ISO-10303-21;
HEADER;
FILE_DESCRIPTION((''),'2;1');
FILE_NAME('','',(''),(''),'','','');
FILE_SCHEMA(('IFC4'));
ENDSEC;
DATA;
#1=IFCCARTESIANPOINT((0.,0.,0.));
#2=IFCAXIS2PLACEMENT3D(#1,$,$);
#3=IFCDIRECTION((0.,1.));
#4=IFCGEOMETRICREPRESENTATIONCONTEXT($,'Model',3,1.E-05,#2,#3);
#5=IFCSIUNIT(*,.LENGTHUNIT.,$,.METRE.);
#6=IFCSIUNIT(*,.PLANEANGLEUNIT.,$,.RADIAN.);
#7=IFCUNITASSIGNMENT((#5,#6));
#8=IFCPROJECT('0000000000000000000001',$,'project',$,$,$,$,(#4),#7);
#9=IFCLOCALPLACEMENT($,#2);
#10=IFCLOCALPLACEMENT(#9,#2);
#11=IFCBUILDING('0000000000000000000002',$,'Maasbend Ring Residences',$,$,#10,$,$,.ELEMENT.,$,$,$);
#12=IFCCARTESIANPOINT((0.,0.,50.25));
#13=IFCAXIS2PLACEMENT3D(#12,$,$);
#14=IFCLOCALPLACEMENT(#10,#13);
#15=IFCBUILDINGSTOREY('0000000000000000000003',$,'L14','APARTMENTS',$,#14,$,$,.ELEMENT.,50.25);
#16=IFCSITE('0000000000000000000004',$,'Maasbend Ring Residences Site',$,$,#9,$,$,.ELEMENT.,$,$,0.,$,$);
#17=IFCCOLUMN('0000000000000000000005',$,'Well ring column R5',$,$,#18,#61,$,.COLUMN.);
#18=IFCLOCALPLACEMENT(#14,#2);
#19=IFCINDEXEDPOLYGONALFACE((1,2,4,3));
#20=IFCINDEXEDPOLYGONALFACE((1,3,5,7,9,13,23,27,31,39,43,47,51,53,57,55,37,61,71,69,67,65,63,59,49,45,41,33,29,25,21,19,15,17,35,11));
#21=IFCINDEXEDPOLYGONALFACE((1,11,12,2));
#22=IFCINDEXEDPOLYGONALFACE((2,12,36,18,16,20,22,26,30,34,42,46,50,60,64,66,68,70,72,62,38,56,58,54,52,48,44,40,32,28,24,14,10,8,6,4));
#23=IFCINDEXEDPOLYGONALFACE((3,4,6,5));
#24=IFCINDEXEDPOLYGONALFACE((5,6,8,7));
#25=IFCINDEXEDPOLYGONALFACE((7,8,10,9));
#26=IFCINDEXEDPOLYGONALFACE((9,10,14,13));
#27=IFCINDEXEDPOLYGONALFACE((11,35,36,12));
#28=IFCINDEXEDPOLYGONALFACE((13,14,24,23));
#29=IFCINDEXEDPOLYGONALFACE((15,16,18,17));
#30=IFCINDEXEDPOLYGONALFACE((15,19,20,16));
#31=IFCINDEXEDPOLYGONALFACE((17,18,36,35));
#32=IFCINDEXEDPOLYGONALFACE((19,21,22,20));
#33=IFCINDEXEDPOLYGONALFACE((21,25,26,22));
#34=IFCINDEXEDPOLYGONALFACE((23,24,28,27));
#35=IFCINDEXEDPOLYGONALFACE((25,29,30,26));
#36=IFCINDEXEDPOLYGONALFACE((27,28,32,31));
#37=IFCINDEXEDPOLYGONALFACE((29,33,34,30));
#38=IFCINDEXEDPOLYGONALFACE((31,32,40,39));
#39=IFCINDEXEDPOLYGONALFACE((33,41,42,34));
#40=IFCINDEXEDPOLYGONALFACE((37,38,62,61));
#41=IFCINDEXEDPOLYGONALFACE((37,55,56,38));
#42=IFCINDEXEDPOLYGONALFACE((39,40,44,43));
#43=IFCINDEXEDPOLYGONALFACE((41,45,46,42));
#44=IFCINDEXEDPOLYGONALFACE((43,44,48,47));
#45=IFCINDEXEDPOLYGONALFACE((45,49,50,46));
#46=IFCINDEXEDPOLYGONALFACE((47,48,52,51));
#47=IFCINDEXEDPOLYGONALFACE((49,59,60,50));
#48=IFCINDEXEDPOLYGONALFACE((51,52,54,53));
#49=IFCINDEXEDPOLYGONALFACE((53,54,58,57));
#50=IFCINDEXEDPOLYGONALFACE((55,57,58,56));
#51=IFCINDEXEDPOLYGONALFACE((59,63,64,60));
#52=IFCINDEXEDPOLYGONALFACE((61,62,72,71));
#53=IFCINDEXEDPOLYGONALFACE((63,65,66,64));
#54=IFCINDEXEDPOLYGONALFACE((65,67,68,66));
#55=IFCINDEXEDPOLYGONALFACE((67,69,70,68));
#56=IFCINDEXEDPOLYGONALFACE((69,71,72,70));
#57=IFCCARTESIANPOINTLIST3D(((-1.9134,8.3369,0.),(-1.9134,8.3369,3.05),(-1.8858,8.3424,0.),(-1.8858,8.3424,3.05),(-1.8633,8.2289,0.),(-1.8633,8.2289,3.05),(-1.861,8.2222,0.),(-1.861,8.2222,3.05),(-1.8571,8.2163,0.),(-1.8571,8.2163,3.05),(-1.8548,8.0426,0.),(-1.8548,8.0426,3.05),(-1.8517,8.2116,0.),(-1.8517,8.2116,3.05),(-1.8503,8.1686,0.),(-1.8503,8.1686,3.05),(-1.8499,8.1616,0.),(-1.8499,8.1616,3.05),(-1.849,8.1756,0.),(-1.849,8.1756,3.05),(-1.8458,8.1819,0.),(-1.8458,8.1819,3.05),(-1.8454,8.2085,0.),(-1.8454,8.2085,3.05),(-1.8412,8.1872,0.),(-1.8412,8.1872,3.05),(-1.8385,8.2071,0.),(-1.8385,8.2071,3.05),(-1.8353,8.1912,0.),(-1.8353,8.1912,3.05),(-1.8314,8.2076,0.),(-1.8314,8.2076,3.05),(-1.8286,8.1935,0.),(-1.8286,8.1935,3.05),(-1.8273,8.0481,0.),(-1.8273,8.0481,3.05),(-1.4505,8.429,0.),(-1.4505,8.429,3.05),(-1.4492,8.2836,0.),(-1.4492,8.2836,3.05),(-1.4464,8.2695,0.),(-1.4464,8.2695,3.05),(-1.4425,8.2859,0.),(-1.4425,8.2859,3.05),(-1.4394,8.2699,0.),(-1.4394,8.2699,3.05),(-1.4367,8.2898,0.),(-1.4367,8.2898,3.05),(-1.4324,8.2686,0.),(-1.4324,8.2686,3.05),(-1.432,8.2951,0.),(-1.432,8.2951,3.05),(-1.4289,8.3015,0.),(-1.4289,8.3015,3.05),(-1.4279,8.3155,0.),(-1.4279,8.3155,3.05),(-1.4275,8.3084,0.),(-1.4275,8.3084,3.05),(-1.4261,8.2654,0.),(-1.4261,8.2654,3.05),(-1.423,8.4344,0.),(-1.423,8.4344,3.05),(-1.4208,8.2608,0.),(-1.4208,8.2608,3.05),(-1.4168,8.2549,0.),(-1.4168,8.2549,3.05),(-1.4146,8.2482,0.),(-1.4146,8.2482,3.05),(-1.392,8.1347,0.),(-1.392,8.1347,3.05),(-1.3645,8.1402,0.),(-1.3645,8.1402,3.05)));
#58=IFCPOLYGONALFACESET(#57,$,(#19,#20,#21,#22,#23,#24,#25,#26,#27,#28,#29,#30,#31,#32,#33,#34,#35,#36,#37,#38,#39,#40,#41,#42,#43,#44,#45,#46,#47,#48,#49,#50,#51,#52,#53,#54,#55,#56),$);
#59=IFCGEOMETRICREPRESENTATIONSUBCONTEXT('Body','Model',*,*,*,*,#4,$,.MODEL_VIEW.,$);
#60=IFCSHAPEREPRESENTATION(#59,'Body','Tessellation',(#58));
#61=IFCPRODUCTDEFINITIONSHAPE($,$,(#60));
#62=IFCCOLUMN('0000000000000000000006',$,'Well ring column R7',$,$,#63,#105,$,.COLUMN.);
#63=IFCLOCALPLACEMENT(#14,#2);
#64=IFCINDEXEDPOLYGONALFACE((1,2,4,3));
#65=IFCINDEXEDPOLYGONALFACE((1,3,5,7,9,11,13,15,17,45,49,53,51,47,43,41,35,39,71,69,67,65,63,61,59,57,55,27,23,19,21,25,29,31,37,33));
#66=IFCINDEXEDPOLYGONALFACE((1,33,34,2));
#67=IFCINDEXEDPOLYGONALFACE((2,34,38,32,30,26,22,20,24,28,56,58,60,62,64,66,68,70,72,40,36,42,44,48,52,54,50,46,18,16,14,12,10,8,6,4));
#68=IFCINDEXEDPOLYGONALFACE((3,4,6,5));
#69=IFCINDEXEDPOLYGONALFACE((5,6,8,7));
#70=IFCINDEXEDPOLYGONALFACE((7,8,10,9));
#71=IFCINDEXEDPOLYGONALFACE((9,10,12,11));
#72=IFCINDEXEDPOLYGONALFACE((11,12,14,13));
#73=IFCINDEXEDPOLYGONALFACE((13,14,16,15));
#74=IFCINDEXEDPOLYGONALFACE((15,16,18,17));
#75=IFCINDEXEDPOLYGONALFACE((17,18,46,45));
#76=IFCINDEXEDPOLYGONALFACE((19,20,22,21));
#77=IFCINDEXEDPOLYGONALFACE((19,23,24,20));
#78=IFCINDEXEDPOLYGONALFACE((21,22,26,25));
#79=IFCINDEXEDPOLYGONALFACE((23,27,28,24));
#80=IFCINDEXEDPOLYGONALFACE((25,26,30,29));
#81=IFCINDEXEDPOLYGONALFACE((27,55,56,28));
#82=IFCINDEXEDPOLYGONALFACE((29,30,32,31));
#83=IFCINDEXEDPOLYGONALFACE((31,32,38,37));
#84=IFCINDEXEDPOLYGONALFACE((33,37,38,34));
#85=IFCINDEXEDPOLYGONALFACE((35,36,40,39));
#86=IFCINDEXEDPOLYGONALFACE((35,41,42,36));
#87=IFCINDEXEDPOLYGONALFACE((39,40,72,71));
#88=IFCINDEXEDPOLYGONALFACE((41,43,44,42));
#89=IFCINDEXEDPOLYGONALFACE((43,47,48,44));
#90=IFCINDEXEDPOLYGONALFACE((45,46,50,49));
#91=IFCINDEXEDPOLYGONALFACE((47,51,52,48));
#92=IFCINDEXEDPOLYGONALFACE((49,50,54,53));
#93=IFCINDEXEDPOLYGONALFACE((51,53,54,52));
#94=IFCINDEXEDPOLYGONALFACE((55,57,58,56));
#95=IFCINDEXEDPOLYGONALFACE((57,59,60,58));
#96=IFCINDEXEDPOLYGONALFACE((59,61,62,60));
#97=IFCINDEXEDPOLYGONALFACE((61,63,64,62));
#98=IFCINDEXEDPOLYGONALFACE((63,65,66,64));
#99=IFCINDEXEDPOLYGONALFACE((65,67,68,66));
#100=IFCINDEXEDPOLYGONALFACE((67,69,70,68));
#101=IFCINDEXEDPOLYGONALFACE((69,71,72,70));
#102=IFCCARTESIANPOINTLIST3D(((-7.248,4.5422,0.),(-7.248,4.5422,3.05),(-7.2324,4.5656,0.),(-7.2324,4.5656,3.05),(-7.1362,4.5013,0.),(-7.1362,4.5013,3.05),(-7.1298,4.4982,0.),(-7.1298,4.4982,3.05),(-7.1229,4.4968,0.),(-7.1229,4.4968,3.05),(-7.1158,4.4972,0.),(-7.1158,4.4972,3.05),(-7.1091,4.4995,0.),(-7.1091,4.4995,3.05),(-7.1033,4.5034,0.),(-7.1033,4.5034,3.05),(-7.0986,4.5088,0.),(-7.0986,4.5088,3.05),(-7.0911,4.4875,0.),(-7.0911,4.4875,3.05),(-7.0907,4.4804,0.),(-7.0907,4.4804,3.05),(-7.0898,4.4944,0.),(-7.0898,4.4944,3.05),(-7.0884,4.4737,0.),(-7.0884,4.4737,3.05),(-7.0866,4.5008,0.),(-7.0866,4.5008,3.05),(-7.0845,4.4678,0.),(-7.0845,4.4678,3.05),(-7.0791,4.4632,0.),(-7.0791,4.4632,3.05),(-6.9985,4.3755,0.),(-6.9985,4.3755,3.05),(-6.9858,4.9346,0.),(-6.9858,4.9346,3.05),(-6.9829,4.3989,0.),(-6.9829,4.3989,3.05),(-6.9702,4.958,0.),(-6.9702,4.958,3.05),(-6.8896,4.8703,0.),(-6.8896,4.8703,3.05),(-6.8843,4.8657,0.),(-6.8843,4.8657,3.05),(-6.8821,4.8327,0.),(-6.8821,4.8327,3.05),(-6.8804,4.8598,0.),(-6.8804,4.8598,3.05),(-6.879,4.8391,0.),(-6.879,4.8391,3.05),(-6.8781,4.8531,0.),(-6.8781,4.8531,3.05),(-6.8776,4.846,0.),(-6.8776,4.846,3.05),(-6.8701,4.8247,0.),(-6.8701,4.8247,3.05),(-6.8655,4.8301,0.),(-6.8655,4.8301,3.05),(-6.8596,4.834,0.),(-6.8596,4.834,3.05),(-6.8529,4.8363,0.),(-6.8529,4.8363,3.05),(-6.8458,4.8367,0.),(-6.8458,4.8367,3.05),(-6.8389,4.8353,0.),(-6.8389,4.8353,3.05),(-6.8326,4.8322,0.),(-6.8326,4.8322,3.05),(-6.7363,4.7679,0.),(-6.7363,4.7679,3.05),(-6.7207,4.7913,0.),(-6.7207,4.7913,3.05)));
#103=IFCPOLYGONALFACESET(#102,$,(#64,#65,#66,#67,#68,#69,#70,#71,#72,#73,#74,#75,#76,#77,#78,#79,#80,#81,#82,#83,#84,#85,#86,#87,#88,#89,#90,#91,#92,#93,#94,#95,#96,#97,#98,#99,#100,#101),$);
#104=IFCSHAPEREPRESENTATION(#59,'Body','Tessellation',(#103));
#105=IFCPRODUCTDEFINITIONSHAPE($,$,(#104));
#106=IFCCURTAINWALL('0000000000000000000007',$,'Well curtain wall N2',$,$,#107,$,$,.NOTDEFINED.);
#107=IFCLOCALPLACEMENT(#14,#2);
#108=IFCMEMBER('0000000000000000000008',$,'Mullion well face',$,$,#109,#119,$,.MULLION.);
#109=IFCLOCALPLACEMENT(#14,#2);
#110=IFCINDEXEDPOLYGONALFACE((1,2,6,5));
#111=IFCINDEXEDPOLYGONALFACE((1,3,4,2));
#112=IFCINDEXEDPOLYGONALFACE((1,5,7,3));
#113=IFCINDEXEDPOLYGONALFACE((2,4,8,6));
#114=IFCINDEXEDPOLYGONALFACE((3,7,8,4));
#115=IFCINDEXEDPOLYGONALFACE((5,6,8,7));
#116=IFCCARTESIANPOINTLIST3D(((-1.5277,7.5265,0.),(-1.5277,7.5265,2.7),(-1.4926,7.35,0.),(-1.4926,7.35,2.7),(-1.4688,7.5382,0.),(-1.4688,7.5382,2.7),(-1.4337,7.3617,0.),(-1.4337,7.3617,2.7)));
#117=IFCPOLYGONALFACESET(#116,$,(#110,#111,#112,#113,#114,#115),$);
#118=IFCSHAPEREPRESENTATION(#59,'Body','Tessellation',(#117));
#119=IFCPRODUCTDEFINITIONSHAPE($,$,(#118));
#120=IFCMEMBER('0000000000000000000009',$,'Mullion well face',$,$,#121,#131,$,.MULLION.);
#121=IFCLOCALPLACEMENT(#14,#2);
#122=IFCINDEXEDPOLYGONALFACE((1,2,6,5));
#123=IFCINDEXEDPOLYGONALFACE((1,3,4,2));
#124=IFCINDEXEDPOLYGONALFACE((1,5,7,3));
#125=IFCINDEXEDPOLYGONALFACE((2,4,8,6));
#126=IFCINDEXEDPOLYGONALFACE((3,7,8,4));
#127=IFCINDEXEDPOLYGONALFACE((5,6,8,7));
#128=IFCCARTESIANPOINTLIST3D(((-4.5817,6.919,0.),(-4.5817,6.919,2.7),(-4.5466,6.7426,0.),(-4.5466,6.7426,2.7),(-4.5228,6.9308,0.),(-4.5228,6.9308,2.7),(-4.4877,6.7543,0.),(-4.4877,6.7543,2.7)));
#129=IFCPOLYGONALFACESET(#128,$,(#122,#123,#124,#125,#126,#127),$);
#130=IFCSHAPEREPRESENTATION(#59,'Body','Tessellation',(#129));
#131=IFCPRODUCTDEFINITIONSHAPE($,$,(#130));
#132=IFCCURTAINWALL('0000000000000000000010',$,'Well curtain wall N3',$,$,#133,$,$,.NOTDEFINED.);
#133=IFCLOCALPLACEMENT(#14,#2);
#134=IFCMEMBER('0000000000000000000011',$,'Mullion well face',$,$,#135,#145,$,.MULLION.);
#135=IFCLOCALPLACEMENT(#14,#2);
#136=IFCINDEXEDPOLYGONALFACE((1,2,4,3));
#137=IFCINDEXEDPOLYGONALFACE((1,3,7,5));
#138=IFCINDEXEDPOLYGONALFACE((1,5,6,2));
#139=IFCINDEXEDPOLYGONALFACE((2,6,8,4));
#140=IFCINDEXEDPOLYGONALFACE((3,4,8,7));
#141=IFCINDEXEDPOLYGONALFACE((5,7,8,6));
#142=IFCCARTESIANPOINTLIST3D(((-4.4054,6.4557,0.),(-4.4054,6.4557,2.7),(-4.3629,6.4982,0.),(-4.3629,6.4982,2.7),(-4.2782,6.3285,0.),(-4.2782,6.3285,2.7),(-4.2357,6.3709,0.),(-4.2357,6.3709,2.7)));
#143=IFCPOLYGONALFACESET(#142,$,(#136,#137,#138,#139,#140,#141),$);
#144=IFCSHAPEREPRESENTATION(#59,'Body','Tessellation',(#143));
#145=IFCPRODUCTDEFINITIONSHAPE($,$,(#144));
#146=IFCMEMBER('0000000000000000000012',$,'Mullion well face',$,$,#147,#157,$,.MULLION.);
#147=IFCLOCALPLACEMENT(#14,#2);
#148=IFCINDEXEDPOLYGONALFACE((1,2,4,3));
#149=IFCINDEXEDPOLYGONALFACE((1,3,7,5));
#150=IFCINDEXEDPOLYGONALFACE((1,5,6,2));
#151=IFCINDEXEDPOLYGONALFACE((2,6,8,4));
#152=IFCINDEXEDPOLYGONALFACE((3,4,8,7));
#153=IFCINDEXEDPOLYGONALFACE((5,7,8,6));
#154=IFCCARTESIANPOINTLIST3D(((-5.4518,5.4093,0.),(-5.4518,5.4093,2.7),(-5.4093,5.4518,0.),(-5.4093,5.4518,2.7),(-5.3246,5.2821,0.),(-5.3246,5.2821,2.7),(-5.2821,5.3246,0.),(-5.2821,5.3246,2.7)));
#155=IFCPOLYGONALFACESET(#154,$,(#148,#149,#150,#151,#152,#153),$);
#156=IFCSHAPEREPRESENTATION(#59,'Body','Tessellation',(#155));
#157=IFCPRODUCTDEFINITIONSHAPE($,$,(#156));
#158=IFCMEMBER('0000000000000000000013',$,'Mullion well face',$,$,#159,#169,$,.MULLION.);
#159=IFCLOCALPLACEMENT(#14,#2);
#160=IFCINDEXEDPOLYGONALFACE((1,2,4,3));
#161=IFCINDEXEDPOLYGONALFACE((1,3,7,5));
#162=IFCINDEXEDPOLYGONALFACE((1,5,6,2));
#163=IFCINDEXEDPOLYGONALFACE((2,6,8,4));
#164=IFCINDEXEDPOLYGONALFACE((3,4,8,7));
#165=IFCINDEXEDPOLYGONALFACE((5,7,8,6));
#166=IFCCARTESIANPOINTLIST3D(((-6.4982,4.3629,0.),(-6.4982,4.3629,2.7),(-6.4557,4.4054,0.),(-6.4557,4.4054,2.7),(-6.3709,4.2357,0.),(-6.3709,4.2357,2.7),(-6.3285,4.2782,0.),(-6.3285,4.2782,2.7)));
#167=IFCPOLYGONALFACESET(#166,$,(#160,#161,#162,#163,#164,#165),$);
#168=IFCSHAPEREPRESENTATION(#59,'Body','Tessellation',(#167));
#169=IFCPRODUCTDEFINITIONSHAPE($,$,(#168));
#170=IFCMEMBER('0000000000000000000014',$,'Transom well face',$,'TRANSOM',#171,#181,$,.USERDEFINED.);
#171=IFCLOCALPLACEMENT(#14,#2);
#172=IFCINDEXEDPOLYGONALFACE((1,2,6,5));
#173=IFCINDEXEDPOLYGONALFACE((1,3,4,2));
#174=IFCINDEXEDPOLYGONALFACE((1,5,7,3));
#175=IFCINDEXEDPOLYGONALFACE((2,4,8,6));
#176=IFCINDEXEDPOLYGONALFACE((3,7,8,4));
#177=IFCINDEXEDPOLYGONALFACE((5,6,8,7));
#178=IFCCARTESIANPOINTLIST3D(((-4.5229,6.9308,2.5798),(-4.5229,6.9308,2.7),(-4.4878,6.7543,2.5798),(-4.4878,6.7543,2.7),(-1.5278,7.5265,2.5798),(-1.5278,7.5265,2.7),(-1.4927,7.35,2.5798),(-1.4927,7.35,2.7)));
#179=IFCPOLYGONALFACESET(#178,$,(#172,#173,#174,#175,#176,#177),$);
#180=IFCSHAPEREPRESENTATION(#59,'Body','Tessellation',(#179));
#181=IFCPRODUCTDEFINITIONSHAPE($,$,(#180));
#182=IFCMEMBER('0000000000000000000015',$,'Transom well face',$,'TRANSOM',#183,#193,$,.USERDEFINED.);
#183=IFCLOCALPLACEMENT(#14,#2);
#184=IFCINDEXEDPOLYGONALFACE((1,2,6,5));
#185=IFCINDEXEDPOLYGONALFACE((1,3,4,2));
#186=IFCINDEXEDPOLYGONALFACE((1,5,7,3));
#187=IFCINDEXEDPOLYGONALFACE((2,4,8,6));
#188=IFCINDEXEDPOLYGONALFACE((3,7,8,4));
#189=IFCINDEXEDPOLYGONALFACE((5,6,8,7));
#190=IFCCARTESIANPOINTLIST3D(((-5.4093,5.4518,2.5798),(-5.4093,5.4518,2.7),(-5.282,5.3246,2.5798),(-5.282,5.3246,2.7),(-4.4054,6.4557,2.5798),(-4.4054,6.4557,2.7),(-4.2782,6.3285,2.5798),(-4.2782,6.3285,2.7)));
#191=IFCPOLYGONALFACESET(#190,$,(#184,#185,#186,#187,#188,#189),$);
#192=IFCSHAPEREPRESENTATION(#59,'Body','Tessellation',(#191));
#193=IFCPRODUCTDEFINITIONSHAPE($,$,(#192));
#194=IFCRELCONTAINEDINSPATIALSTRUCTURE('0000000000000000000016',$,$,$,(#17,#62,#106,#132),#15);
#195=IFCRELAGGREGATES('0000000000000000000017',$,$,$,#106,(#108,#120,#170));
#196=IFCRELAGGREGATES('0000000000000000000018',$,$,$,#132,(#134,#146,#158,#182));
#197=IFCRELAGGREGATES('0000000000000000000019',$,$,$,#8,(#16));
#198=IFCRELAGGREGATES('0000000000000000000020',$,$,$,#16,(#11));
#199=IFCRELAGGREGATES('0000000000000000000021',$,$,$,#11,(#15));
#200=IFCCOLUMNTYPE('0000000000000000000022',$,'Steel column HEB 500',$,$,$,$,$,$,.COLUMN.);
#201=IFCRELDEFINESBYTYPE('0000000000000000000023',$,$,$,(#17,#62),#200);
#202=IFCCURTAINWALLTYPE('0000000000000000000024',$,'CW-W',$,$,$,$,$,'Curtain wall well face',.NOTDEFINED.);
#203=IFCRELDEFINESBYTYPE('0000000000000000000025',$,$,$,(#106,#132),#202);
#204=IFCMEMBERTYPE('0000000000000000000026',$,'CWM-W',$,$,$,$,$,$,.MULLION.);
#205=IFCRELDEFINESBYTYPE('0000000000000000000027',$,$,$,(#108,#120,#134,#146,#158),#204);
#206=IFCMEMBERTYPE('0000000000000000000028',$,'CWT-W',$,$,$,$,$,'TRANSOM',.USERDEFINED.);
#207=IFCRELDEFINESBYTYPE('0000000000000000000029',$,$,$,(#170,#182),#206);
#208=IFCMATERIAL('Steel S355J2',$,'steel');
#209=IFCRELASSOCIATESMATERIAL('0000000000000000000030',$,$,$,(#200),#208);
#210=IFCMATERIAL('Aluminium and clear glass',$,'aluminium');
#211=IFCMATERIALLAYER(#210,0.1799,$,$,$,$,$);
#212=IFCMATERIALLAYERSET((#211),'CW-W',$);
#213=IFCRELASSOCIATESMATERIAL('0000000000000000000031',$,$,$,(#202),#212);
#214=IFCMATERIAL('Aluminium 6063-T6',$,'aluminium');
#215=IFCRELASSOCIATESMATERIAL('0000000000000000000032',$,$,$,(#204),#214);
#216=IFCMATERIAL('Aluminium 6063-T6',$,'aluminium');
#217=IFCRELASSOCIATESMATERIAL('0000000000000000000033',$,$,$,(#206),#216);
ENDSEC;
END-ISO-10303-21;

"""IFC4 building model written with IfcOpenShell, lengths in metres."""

from ifc_helpers import new_model, si_unit, direction, frame, origin, origin_2d, place, context, subcontext, project, spatial, rectangle, i_section, extrude, material, layer, layer_set, material_profile, profile_set, type_object, element, aggregate, save


model = new_model("IFC4")

# Units and contexts
model_context = context("Model", 3, precision=1e-05, world=origin(), true_north=direction((0.0, 1.0)))
body_context = subcontext(model_context, "Body", "Model", "MODEL_VIEW")
ifc_project = project(units=[si_unit("LENGTHUNIT", "METRE"), si_unit("PLANEANGLEUNIT", "RADIAN")], contexts=[model_context])

# Site, building, storey
site_placement = place(None, origin())
site = spatial("IfcSite", under=ifc_project, at=site_placement, Name="Maasbend Ring Residences Site", CompositionType="ELEMENT", RefElevation=0.0)
building_placement = place(site_placement, origin())
building = spatial("IfcBuilding", under=site, at=building_placement, Name="Maasbend Ring Residences", CompositionType="ELEMENT")
storey_placement = place(building_placement, frame((0.0, 0.0, 50.25)))
storey = spatial("IfcBuildingStorey", under=building, at=storey_placement, Name="L14", Description="APARTMENTS", CompositionType="ELEMENT", Elevation=50.25)

# Columns
ifc_material_1 = material(Name="Steel S355J2", Category="steel")
ifc_material_profile_1 = material_profile(ifc_material_1, i_section(OverallWidth=0.3, OverallDepth=0.5, WebThickness=0.0144, FlangeThickness=0.0281, FilletRadius=0.0271, at=origin_2d()), Name="HEB 500")
ifc_profile_set_1 = profile_set([ifc_material_profile_1], Name="Steel S355J2")
column_type = type_object("IfcColumnType", Name="Steel column HEB 500", PredefinedType="COLUMN", material=ifc_profile_set_1)
for number, where, z_axis, x_axis, name in (
    (1, (-1.6389, 8.2385, 0.0), (0.0, 0.0, 1.0), (-0.19509, 0.980785, 0.0), "Well ring column R5"),
    (2, (-6.9844, 4.6667, 0.0), (0.0, 0.0, 1.0), (-0.83147, 0.55557, 0.0), "Well ring column R7"),
):
    element("IfcColumn", number, at=place(storey_placement, frame(where, z_axis=z_axis, x_axis=x_axis)), inside=storey, type_object=column_type, Name=name, PredefinedType="COLUMN", context=body_context, shape_type="SweptSolid", body=[
        extrude(i_section(OverallWidth=0.3, OverallDepth=0.5, WebThickness=0.0144, FlangeThickness=0.0281, FilletRadius=0.0271, at=origin_2d()), origin(), (0.0, 0.0, 1.0), 3.05),
    ])

# Curtain walls, members
ifc_material_2 = material(Name="Aluminium and clear glass", Category="aluminium")
ifc_layer_1 = layer(ifc_material_2, 0.1799)
ifc_layer_set_1 = layer_set([ifc_layer_1], Name="CW-W")
curtain_wall_type = type_object("IfcCurtainWallType", Name="CW-W", ElementType="Curtain wall well face", PredefinedType="NOTDEFINED", material=ifc_layer_set_1)
curtain_wall_1_placement = place(storey_placement, origin())
curtain_wall_1 = element("IfcCurtainWall", 3, at=curtain_wall_1_placement, inside=storey, type_object=curtain_wall_type, Name="Well curtain wall N2", PredefinedType="NOTDEFINED")
ifc_material_3 = material(Name="Aluminium 6063-T6", Category="aluminium")
ifc_material_profile_2 = material_profile(ifc_material_3, rectangle(XDim=0.1799, YDim=0.0601, at=origin_2d()), Name="AL 180x60")
ifc_profile_set_2 = profile_set([ifc_material_profile_2], Name="Aluminium 6063-T6")
member_type_1 = type_object("IfcMemberType", Name="CWM-W", PredefinedType="MULLION", material=ifc_profile_set_2)
member_1_placement = place(storey_placement, frame((-1.4807, 7.4441, 0.0), z_axis=(0.0, 0.0, 1.0), x_axis=(0.19509, -0.980785, 0.0)))
member_1 = element("IfcMember", 4, at=member_1_placement, type_object=member_type_1, Name="Mullion well face", PredefinedType="MULLION", context=body_context, shape_type="SweptSolid", body=[
    extrude(rectangle(XDim=0.1799, YDim=0.0601, at=origin_2d()), origin(), (0.0, 0.0, 1.0), 2.7),
])
member_2_placement = place(storey_placement, frame((-4.5347, 6.8367, 0.0), z_axis=(0.0, 0.0, 1.0), x_axis=(0.19509, -0.980785, 0.0)))
member_2 = element("IfcMember", 5, at=member_2_placement, type_object=member_type_1, Name="Mullion well face", PredefinedType="MULLION", context=body_context, shape_type="SweptSolid", body=[
    extrude(rectangle(XDim=0.1799, YDim=0.0601, at=origin_2d()), origin(), (0.0, 0.0, 1.0), 2.7),
])
curtain_wall_2_placement = place(storey_placement, origin())
curtain_wall_2 = element("IfcCurtainWall", 6, at=curtain_wall_2_placement, inside=storey, type_object=curtain_wall_type, Name="Well curtain wall N3", PredefinedType="NOTDEFINED")
member_3_placement = place(storey_placement, frame((-4.3206, 6.4133, 0.0), z_axis=(0.0, 0.0, 1.0), x_axis=(0.707107, -0.707107, 0.0)))
member_3 = element("IfcMember", 7, at=member_3_placement, type_object=member_type_1, Name="Mullion well face", PredefinedType="MULLION", context=body_context, shape_type="SweptSolid", body=[
    extrude(rectangle(XDim=0.1799, YDim=0.0601, at=origin_2d()), origin(), (0.0, 0.0, 1.0), 2.7),
])
member_4_placement = place(storey_placement, frame((-5.3669, 5.3669, 0.0), z_axis=(0.0, 0.0, 1.0), x_axis=(0.707107, -0.707107, 0.0)))
member_4 = element("IfcMember", 8, at=member_4_placement, type_object=member_type_1, Name="Mullion well face", PredefinedType="MULLION", context=body_context, shape_type="SweptSolid", body=[
    extrude(rectangle(XDim=0.1799, YDim=0.0601, at=origin_2d()), origin(), (0.0, 0.0, 1.0), 2.7),
])
member_5_placement = place(storey_placement, frame((-6.4133, 4.3206, 0.0), z_axis=(0.0, 0.0, 1.0), x_axis=(0.707107, -0.707107, 0.0)))
member_5 = element("IfcMember", 9, at=member_5_placement, type_object=member_type_1, Name="Mullion well face", PredefinedType="MULLION", context=body_context, shape_type="SweptSolid", body=[
    extrude(rectangle(XDim=0.1799, YDim=0.0601, at=origin_2d()), origin(), (0.0, 0.0, 1.0), 2.7),
])

# Members
ifc_material_4 = material(Name="Aluminium 6063-T6", Category="aluminium")
ifc_material_profile_3 = material_profile(ifc_material_4, rectangle(XDim=0.1799, YDim=0.1201, at=origin_2d()), Name="AL 180x120")
ifc_profile_set_3 = profile_set([ifc_material_profile_3], Name="Aluminium 6063-T6")
member_type_2 = type_object("IfcMemberType", Name="CWT-W", ElementType="TRANSOM", PredefinedType="USERDEFINED", material=ifc_profile_set_3)
member_6_placement = place(storey_placement, frame((-1.5103, 7.4382, 2.6399), z_axis=(-0.980789, -0.195071, 0.0), x_axis=(0.195071, -0.980789, 0.0)))
member_6 = element("IfcMember", 10, at=member_6_placement, type_object=member_type_2, Name="Transom well face", ObjectType="TRANSOM", PredefinedType="USERDEFINED", context=body_context, shape_type="SweptSolid", body=[
    extrude(rectangle(XDim=0.1799, YDim=0.1201, at=origin_2d()), origin(), (0.0, 0.0, 1.0), 3.0537),
])
member_7_placement = place(storey_placement, frame((-4.3418, 6.3921, 2.6399), z_axis=(-0.707107, -0.707107, 0.0), x_axis=(0.707107, -0.707107, 0.0)))
member_7 = element("IfcMember", 11, at=member_7_placement, type_object=member_type_2, Name="Transom well face", ObjectType="TRANSOM", PredefinedType="USERDEFINED", context=body_context, shape_type="SweptSolid", body=[
    extrude(rectangle(XDim=0.1799, YDim=0.1201, at=origin_2d()), origin(), (0.0, 0.0, 1.0), 1.4197),
])

aggregate(curtain_wall_1, [member_1, member_2, member_6])
aggregate(curtain_wall_2, [member_3, member_4, member_5, member_7])

save(model, "model.ifc")
